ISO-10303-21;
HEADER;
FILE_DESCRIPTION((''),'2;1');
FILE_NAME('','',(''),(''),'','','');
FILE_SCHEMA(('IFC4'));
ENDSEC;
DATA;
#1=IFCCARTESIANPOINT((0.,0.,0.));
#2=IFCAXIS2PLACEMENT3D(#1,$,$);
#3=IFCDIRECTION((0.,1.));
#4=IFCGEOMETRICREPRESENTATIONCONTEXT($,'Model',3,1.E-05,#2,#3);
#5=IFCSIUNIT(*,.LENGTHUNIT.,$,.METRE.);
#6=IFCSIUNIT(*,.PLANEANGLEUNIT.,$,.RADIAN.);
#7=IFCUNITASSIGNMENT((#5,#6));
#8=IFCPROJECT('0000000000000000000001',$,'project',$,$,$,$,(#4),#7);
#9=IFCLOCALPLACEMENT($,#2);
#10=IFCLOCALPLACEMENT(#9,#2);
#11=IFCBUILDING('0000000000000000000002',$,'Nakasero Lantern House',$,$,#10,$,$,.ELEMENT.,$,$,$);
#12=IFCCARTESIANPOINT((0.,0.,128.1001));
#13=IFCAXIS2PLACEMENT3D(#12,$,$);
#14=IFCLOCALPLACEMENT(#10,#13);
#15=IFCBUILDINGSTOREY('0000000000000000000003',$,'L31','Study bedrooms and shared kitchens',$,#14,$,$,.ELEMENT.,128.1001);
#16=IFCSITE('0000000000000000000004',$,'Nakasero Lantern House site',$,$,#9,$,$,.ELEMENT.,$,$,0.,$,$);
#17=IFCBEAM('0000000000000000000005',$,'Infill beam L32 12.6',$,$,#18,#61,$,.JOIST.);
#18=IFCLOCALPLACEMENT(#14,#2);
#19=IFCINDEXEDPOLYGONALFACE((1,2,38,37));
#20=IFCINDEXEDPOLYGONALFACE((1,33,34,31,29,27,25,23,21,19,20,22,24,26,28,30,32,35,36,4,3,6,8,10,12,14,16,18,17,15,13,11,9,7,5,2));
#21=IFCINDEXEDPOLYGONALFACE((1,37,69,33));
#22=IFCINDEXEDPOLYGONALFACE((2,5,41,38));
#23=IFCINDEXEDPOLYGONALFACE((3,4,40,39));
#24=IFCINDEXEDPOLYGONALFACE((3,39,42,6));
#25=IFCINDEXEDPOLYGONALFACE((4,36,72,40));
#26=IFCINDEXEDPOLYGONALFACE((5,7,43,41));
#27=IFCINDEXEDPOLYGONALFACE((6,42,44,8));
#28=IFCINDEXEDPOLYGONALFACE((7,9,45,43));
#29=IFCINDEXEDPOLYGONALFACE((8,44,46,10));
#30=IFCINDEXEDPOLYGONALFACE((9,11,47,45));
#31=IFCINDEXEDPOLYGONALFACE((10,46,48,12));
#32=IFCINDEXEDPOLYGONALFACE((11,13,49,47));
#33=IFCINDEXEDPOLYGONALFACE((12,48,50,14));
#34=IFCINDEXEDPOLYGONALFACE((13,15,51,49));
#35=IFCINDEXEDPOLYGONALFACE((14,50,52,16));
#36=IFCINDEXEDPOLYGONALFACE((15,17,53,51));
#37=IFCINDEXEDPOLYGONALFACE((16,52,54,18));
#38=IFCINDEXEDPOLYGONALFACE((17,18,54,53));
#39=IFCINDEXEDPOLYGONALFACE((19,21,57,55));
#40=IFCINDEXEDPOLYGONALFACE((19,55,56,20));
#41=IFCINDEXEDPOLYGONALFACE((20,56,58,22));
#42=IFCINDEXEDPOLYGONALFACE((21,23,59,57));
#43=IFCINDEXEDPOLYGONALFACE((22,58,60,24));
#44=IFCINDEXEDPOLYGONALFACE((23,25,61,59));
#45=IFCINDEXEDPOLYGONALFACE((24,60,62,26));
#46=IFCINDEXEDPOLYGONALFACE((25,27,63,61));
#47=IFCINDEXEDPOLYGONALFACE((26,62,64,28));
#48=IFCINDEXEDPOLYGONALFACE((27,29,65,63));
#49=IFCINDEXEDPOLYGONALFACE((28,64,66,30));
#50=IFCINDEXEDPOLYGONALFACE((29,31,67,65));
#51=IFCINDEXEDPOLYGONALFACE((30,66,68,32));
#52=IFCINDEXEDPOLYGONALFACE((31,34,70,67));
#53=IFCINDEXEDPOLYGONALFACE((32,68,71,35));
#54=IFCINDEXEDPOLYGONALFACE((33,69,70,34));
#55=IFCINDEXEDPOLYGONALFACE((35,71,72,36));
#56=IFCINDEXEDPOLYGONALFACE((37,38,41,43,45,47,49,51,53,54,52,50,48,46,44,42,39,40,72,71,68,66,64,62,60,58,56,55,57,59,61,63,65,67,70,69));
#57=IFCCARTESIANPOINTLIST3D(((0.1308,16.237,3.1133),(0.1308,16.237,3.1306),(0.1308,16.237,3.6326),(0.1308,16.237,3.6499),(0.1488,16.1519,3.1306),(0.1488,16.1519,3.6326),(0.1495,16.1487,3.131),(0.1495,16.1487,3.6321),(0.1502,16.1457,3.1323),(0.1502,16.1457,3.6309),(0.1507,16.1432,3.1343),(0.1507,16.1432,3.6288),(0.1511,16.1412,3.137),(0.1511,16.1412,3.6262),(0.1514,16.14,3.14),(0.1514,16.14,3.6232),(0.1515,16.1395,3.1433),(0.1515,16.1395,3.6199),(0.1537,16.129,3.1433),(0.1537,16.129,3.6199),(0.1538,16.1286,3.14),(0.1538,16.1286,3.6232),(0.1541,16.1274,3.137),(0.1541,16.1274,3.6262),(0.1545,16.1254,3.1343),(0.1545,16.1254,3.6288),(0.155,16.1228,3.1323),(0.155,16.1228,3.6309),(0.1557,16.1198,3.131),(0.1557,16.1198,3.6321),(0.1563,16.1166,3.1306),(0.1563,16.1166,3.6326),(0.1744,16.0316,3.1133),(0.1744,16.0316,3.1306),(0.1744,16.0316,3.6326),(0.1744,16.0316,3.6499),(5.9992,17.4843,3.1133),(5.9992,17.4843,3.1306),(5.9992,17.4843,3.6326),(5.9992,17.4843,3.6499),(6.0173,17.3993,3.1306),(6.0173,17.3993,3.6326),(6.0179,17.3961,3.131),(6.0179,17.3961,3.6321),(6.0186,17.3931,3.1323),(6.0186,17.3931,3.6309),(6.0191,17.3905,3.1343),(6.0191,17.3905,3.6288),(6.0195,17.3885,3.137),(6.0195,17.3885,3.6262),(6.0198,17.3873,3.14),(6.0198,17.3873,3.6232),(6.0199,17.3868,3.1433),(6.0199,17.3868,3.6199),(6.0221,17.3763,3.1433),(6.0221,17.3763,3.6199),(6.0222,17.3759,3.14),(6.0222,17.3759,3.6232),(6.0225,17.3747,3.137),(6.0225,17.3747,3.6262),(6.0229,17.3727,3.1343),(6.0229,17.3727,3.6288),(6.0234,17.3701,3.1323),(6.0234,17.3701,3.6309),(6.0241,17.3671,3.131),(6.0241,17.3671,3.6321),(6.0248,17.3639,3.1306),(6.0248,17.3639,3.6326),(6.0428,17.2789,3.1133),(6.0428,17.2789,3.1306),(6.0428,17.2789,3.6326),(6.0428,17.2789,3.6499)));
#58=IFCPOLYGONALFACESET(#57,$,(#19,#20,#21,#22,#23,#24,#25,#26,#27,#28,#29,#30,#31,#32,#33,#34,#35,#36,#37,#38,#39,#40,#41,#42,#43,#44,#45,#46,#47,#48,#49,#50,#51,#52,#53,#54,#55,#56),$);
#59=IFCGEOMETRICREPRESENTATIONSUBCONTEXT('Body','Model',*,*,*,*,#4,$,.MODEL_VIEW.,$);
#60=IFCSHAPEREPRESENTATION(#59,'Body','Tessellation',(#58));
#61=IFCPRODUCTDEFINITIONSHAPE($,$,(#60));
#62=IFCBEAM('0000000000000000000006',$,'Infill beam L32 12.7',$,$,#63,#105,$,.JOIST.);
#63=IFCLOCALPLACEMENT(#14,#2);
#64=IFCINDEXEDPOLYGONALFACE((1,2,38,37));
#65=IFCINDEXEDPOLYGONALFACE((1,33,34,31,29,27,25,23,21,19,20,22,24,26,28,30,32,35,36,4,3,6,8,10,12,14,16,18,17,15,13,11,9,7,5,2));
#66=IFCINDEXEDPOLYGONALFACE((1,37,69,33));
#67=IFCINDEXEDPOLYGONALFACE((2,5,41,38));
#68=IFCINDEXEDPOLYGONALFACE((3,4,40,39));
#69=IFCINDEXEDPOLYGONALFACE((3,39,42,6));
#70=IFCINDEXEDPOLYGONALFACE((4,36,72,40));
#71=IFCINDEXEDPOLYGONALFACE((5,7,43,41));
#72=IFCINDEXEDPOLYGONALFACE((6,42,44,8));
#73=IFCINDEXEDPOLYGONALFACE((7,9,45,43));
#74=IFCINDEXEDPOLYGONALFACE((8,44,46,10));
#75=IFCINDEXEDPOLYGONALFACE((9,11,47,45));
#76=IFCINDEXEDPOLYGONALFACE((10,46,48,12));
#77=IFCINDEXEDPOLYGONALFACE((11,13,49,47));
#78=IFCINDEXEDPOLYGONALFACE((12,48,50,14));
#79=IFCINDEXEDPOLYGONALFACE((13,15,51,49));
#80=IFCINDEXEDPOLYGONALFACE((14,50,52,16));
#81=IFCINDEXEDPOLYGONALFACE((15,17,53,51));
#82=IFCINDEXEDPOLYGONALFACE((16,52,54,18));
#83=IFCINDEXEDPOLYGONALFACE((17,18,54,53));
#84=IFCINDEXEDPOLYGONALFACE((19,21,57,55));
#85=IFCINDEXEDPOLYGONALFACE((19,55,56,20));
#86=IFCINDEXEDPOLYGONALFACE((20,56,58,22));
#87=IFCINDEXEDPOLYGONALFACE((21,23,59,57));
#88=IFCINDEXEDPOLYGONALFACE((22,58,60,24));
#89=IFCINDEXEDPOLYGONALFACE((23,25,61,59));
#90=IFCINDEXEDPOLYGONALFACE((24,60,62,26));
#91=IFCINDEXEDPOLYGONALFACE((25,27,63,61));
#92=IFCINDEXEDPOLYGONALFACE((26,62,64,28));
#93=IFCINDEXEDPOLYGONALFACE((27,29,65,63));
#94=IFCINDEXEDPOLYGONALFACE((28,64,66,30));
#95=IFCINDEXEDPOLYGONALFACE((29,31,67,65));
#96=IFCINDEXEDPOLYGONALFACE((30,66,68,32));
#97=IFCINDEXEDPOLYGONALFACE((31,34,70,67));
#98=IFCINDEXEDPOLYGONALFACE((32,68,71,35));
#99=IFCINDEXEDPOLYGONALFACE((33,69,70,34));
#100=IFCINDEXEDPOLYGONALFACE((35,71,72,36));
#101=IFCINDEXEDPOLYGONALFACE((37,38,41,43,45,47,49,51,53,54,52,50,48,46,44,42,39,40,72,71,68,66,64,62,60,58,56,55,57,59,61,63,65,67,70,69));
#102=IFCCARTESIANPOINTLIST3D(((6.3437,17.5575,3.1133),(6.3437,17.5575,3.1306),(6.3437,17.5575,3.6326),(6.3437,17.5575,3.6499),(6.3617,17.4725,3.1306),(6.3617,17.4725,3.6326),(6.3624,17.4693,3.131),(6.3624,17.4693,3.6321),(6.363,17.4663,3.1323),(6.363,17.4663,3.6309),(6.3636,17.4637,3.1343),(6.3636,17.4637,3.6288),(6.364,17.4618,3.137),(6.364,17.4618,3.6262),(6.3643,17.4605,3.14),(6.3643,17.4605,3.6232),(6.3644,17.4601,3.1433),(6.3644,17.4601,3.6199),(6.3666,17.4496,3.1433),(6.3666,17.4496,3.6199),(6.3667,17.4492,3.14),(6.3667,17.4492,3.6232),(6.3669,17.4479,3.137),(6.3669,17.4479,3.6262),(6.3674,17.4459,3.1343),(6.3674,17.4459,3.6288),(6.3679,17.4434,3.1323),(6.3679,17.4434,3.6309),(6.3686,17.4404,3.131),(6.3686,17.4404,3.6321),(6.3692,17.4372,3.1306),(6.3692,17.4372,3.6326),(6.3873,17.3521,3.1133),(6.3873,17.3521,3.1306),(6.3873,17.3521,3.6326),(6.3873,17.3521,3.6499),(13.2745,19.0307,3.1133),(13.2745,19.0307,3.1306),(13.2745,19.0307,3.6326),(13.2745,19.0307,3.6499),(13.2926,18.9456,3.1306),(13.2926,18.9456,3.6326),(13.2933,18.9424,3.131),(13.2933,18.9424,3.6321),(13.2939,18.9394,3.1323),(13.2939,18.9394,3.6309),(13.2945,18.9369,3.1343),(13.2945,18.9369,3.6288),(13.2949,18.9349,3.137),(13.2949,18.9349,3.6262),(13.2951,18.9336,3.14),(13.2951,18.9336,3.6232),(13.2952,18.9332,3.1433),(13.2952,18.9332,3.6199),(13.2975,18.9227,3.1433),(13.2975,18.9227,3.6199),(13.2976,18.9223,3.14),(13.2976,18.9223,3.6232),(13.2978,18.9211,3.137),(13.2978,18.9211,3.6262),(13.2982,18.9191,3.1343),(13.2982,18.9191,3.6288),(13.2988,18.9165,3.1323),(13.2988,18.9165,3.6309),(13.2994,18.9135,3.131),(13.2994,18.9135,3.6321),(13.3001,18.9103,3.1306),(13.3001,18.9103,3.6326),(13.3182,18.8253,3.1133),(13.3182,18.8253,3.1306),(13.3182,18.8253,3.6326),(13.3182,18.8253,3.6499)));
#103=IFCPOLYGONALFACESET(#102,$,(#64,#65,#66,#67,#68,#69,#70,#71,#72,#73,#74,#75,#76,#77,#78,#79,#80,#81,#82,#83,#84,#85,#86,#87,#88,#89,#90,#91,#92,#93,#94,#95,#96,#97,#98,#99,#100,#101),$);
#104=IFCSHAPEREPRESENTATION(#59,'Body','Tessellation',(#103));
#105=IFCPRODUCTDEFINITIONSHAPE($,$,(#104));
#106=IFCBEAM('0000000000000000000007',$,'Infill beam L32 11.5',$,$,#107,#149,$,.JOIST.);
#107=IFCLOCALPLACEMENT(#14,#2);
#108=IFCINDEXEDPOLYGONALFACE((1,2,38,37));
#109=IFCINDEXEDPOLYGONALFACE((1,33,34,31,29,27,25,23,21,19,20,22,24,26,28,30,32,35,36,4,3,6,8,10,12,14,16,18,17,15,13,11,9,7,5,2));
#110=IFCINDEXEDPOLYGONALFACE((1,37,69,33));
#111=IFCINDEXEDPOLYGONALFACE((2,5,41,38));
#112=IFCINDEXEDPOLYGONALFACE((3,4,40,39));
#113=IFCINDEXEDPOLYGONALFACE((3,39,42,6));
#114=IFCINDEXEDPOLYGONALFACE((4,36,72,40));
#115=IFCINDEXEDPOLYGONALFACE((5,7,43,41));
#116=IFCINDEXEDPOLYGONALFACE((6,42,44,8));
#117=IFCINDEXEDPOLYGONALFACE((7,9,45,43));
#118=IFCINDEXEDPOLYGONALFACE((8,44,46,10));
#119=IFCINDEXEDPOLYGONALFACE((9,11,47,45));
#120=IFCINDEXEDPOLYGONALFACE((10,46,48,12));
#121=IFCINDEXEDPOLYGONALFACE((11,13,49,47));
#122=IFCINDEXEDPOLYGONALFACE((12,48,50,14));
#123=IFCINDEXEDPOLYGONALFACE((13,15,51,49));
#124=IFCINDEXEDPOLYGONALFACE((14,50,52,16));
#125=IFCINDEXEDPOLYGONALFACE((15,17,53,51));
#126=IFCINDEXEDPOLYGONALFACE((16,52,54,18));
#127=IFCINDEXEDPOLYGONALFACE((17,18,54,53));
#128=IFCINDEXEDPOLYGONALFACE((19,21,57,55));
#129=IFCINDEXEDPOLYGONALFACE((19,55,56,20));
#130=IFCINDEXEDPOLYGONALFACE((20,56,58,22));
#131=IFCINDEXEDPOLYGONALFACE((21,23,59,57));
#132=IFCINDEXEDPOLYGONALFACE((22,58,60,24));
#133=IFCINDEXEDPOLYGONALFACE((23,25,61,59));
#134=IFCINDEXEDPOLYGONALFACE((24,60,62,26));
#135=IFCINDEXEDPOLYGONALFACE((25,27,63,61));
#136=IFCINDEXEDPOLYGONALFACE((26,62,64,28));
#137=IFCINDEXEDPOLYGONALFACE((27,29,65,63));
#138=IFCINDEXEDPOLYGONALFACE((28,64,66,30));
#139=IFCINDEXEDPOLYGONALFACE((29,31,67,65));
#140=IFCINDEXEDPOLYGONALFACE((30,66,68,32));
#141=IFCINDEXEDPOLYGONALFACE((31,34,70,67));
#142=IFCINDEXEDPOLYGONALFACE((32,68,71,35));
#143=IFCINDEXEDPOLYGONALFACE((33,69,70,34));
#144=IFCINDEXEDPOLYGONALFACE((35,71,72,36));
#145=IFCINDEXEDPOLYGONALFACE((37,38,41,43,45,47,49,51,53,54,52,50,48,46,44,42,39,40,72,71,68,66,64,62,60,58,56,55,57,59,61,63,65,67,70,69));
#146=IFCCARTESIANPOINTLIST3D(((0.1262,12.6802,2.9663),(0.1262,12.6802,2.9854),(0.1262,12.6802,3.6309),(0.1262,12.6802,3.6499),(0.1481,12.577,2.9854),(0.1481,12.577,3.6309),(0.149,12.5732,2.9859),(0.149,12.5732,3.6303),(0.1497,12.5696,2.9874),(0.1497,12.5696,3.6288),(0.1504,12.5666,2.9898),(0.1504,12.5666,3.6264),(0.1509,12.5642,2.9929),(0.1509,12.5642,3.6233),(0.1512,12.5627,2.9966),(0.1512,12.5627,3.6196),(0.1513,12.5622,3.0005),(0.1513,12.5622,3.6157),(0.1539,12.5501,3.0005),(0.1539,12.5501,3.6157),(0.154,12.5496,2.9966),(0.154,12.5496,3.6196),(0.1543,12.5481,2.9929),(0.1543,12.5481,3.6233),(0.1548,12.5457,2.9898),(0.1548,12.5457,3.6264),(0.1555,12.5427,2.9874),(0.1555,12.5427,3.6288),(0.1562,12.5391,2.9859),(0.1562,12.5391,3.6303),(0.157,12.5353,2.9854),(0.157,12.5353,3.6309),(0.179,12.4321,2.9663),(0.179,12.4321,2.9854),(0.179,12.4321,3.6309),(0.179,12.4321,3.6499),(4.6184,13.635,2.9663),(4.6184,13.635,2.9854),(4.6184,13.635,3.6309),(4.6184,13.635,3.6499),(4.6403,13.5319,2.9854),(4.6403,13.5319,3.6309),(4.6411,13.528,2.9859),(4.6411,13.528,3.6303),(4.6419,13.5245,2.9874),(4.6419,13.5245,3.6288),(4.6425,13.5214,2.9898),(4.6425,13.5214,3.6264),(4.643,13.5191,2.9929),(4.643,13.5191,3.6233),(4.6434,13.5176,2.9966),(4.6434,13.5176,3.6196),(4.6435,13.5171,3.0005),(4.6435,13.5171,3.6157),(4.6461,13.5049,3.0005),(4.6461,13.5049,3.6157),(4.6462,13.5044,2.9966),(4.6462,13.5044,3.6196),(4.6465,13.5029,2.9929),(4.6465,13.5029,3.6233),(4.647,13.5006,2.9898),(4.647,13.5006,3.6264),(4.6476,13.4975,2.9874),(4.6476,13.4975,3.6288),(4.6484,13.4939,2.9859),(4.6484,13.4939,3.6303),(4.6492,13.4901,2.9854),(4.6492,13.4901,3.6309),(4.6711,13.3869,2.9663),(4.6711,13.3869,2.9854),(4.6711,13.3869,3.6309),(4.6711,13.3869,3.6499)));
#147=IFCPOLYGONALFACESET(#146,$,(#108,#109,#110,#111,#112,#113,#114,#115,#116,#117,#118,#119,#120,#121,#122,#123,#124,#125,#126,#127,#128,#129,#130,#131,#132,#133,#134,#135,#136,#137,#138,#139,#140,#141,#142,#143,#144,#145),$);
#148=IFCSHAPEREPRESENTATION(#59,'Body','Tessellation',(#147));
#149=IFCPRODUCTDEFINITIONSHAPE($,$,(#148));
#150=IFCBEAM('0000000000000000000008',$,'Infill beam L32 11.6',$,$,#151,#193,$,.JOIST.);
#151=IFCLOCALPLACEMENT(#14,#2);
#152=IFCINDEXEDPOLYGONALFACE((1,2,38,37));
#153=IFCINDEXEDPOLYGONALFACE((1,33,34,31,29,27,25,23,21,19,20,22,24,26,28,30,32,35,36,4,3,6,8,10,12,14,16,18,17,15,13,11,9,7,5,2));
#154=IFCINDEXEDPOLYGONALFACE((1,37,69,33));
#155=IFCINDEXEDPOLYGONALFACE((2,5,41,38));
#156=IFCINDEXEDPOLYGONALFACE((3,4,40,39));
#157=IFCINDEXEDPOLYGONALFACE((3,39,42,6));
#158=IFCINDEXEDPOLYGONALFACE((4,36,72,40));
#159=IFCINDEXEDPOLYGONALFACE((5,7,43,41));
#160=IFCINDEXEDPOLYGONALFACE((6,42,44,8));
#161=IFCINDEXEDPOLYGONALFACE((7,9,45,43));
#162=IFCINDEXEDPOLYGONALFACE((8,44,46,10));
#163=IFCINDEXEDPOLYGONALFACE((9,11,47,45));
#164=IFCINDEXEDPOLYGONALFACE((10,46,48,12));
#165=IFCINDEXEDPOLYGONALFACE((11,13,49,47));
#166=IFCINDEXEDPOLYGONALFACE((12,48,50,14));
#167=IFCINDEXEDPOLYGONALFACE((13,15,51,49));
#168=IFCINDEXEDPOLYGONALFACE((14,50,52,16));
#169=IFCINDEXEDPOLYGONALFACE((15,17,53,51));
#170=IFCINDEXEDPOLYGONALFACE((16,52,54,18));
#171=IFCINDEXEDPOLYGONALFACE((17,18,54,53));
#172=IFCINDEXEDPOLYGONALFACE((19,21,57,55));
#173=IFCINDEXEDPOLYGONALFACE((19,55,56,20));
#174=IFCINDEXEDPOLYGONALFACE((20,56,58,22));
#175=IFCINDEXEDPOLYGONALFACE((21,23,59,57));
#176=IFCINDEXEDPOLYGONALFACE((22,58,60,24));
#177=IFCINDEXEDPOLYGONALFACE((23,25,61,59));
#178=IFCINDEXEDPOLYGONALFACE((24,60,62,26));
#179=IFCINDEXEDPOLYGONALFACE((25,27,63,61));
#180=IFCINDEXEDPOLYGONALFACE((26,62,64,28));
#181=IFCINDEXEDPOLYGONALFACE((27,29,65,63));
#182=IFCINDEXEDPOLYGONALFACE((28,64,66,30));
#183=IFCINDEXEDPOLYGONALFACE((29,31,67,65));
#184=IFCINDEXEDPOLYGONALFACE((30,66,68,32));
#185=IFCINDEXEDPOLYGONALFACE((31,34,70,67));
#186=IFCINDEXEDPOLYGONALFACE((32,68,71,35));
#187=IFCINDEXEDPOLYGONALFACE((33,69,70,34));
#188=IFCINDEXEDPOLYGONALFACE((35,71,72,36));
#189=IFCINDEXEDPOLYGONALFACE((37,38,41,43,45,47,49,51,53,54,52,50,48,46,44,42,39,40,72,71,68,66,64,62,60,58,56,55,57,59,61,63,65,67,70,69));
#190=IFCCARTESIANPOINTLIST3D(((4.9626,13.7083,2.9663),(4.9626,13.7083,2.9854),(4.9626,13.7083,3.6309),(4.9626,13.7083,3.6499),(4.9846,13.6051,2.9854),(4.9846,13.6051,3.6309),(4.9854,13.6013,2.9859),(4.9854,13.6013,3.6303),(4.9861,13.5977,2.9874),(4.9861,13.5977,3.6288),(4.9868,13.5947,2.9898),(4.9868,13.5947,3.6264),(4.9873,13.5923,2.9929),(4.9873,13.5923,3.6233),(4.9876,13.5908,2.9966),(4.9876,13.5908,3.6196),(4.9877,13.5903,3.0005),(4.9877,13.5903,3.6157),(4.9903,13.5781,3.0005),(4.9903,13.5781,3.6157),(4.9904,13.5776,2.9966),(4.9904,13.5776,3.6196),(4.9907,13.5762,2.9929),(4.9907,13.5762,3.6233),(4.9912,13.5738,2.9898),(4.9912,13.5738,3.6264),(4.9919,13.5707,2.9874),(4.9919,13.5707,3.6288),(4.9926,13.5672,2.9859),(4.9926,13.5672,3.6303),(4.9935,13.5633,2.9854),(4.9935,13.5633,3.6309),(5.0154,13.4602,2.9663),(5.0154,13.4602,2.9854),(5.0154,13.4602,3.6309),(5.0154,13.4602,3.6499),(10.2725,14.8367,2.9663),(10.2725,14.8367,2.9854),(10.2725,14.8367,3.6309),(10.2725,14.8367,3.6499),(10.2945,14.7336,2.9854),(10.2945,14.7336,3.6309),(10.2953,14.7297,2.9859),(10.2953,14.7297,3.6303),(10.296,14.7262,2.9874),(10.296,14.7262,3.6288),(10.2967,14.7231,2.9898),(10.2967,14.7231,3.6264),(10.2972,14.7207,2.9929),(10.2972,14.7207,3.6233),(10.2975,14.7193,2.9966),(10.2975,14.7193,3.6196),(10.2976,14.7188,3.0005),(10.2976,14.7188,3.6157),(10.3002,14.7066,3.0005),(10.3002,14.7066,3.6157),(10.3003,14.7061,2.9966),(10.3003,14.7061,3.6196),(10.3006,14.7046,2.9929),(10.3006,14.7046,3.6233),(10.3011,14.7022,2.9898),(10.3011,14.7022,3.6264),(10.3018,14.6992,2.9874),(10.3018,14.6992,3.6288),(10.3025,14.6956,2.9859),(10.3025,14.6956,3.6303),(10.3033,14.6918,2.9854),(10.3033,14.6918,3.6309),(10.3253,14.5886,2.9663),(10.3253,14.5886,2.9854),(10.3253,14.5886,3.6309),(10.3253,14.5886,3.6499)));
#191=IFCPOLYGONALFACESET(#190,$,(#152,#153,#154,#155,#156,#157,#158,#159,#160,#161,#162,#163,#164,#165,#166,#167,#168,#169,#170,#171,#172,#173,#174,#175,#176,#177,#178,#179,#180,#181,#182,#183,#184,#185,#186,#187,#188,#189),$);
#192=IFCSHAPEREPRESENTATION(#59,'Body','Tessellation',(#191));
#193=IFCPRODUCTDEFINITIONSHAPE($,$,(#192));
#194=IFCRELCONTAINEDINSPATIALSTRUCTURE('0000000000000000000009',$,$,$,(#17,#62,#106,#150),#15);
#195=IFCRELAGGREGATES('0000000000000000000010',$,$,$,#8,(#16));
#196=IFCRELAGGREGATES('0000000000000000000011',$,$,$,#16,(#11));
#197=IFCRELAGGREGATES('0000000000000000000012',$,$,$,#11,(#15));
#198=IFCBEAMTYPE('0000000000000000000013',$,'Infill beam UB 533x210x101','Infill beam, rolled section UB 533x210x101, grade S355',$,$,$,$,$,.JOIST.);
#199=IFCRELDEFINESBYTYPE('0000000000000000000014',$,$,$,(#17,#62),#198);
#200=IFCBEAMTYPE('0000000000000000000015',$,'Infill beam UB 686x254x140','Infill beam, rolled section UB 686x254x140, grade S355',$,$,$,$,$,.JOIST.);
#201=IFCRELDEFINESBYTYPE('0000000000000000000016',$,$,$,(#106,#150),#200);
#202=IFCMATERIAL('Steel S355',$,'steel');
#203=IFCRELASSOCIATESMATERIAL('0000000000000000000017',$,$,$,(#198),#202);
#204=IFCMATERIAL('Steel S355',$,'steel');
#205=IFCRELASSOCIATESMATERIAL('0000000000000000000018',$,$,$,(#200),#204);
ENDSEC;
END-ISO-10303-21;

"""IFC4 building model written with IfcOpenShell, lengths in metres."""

from ifc_helpers import new_model, si_unit, direction, frame, origin, origin_2d, place, context, subcontext, project, spatial, i_section, extrude, material, material_profile, profile_set, type_object, element, save


model = new_model("IFC4")

# Units and contexts
model_context = context("Model", 3, precision=1e-05, world=origin(), true_north=direction((0.0, 1.0)))
body_context = subcontext(model_context, "Body", "Model", "MODEL_VIEW")
ifc_project = project(units=[si_unit("LENGTHUNIT", "METRE"), si_unit("PLANEANGLEUNIT", "RADIAN")], contexts=[model_context])

# Site, building, storey
site_placement = place(None, origin())
site = spatial("IfcSite", under=ifc_project, at=site_placement, Name="Nakasero Lantern House site", CompositionType="ELEMENT", RefElevation=0.0)
building_placement = place(site_placement, origin())
building = spatial("IfcBuilding", under=site, at=building_placement, Name="Nakasero Lantern House", CompositionType="ELEMENT")
storey_placement = place(building_placement, frame((0.0, 0.0, 128.1001)))
storey = spatial("IfcBuildingStorey", under=building, at=storey_placement, Name="L31", Description="Study bedrooms and shared kitchens", CompositionType="ELEMENT", Elevation=128.1001)

# Beams
ifc_material_1 = material(Name="Steel S355", Category="steel")
ifc_material_profile_1 = material_profile(ifc_material_1, i_section(OverallWidth=0.21, OverallDepth=0.5366, WebThickness=0.0107, FlangeThickness=0.0173, FilletRadius=0.0127, at=origin_2d()), Name="UB 533x210x101")
ifc_profile_set_1 = profile_set([ifc_material_profile_1], Name="Steel S355")
beam_type_1 = type_object("IfcBeamType", Name="Infill beam UB 533x210x101", Description="Infill beam, rolled section UB 533x210x101, grade S355", PredefinedType="JOIST", material=ifc_profile_set_1)
beam_1_placement = place(storey_placement, frame((0.1526, 16.1343, 3.3816), z_axis=(0.978149, 0.207903, 0.0), x_axis=(-0.207903, 0.978149, 0.0)))
element("IfcBeam", 1, at=beam_1_placement, inside=storey, type_object=beam_type_1, Name="Infill beam L32 12.6", PredefinedType="JOIST", context=body_context, shape_type="SweptSolid", body=[
    extrude(i_section(OverallWidth=0.21, OverallDepth=0.5366, WebThickness=0.0107, FlangeThickness=0.0173, FilletRadius=0.0127, at=origin_2d()), origin(), (0.0, 0.0, 1.0), 5.9995),
])
beam_2_placement = place(storey_placement, frame((6.3655, 17.4548, 3.3816), z_axis=(0.978149, 0.207903, 0.0), x_axis=(-0.207903, 0.978149, 0.0)))
element("IfcBeam", 2, at=beam_2_placement, inside=storey, type_object=beam_type_1, Name="Infill beam L32 12.7", PredefinedType="JOIST", context=body_context, shape_type="SweptSolid", body=[
    extrude(i_section(OverallWidth=0.21, OverallDepth=0.5366, WebThickness=0.0107, FlangeThickness=0.0173, FilletRadius=0.0127, at=origin_2d()), origin(), (0.0, 0.0, 1.0), 7.0857),
])
ifc_material_2 = material(Name="Steel S355", Category="steel")
ifc_material_profile_2 = material_profile(ifc_material_2, i_section(OverallWidth=0.2537, OverallDepth=0.6836, WebThickness=0.0125, FlangeThickness=0.019, FilletRadius=0.0151, at=origin_2d()), Name="UB 686x254x140")
ifc_profile_set_2 = profile_set([ifc_material_profile_2], Name="Steel S355")
beam_type_2 = type_object("IfcBeamType", Name="Infill beam UB 686x254x140", Description="Infill beam, rolled section UB 686x254x140, grade S355", PredefinedType="JOIST", material=ifc_profile_set_2)
beam_3_placement = place(storey_placement, frame((0.1526, 12.5562, 3.3081), z_axis=(0.978148, 0.20791, 0.0), x_axis=(-0.20791, 0.978148, 0.0)))
element("IfcBeam", 3, at=beam_3_placement, inside=storey, type_object=beam_type_2, Name="Infill beam L32 11.5", PredefinedType="JOIST", context=body_context, shape_type="SweptSolid", body=[
    extrude(i_section(OverallWidth=0.2537, OverallDepth=0.6836, WebThickness=0.0125, FlangeThickness=0.019, FilletRadius=0.0151, at=origin_2d()), origin(), (0.0, 0.0, 1.0), 4.5925),
])
beam_4_placement = place(storey_placement, frame((4.989, 13.5842, 3.3081), z_axis=(0.978156, 0.207873, 0.0), x_axis=(-0.207873, 0.978156, 0.0)))
element("IfcBeam", 4, at=beam_4_placement, inside=storey, type_object=beam_type_2, Name="Infill beam L32 11.6", PredefinedType="JOIST", context=body_context, shape_type="SweptSolid", body=[
    extrude(i_section(OverallWidth=0.2537, OverallDepth=0.6836, WebThickness=0.0125, FlangeThickness=0.019, FilletRadius=0.0151, at=origin_2d()), origin(), (0.0, 0.0, 1.0), 5.4285),
])

save(model, "model.ifc")
